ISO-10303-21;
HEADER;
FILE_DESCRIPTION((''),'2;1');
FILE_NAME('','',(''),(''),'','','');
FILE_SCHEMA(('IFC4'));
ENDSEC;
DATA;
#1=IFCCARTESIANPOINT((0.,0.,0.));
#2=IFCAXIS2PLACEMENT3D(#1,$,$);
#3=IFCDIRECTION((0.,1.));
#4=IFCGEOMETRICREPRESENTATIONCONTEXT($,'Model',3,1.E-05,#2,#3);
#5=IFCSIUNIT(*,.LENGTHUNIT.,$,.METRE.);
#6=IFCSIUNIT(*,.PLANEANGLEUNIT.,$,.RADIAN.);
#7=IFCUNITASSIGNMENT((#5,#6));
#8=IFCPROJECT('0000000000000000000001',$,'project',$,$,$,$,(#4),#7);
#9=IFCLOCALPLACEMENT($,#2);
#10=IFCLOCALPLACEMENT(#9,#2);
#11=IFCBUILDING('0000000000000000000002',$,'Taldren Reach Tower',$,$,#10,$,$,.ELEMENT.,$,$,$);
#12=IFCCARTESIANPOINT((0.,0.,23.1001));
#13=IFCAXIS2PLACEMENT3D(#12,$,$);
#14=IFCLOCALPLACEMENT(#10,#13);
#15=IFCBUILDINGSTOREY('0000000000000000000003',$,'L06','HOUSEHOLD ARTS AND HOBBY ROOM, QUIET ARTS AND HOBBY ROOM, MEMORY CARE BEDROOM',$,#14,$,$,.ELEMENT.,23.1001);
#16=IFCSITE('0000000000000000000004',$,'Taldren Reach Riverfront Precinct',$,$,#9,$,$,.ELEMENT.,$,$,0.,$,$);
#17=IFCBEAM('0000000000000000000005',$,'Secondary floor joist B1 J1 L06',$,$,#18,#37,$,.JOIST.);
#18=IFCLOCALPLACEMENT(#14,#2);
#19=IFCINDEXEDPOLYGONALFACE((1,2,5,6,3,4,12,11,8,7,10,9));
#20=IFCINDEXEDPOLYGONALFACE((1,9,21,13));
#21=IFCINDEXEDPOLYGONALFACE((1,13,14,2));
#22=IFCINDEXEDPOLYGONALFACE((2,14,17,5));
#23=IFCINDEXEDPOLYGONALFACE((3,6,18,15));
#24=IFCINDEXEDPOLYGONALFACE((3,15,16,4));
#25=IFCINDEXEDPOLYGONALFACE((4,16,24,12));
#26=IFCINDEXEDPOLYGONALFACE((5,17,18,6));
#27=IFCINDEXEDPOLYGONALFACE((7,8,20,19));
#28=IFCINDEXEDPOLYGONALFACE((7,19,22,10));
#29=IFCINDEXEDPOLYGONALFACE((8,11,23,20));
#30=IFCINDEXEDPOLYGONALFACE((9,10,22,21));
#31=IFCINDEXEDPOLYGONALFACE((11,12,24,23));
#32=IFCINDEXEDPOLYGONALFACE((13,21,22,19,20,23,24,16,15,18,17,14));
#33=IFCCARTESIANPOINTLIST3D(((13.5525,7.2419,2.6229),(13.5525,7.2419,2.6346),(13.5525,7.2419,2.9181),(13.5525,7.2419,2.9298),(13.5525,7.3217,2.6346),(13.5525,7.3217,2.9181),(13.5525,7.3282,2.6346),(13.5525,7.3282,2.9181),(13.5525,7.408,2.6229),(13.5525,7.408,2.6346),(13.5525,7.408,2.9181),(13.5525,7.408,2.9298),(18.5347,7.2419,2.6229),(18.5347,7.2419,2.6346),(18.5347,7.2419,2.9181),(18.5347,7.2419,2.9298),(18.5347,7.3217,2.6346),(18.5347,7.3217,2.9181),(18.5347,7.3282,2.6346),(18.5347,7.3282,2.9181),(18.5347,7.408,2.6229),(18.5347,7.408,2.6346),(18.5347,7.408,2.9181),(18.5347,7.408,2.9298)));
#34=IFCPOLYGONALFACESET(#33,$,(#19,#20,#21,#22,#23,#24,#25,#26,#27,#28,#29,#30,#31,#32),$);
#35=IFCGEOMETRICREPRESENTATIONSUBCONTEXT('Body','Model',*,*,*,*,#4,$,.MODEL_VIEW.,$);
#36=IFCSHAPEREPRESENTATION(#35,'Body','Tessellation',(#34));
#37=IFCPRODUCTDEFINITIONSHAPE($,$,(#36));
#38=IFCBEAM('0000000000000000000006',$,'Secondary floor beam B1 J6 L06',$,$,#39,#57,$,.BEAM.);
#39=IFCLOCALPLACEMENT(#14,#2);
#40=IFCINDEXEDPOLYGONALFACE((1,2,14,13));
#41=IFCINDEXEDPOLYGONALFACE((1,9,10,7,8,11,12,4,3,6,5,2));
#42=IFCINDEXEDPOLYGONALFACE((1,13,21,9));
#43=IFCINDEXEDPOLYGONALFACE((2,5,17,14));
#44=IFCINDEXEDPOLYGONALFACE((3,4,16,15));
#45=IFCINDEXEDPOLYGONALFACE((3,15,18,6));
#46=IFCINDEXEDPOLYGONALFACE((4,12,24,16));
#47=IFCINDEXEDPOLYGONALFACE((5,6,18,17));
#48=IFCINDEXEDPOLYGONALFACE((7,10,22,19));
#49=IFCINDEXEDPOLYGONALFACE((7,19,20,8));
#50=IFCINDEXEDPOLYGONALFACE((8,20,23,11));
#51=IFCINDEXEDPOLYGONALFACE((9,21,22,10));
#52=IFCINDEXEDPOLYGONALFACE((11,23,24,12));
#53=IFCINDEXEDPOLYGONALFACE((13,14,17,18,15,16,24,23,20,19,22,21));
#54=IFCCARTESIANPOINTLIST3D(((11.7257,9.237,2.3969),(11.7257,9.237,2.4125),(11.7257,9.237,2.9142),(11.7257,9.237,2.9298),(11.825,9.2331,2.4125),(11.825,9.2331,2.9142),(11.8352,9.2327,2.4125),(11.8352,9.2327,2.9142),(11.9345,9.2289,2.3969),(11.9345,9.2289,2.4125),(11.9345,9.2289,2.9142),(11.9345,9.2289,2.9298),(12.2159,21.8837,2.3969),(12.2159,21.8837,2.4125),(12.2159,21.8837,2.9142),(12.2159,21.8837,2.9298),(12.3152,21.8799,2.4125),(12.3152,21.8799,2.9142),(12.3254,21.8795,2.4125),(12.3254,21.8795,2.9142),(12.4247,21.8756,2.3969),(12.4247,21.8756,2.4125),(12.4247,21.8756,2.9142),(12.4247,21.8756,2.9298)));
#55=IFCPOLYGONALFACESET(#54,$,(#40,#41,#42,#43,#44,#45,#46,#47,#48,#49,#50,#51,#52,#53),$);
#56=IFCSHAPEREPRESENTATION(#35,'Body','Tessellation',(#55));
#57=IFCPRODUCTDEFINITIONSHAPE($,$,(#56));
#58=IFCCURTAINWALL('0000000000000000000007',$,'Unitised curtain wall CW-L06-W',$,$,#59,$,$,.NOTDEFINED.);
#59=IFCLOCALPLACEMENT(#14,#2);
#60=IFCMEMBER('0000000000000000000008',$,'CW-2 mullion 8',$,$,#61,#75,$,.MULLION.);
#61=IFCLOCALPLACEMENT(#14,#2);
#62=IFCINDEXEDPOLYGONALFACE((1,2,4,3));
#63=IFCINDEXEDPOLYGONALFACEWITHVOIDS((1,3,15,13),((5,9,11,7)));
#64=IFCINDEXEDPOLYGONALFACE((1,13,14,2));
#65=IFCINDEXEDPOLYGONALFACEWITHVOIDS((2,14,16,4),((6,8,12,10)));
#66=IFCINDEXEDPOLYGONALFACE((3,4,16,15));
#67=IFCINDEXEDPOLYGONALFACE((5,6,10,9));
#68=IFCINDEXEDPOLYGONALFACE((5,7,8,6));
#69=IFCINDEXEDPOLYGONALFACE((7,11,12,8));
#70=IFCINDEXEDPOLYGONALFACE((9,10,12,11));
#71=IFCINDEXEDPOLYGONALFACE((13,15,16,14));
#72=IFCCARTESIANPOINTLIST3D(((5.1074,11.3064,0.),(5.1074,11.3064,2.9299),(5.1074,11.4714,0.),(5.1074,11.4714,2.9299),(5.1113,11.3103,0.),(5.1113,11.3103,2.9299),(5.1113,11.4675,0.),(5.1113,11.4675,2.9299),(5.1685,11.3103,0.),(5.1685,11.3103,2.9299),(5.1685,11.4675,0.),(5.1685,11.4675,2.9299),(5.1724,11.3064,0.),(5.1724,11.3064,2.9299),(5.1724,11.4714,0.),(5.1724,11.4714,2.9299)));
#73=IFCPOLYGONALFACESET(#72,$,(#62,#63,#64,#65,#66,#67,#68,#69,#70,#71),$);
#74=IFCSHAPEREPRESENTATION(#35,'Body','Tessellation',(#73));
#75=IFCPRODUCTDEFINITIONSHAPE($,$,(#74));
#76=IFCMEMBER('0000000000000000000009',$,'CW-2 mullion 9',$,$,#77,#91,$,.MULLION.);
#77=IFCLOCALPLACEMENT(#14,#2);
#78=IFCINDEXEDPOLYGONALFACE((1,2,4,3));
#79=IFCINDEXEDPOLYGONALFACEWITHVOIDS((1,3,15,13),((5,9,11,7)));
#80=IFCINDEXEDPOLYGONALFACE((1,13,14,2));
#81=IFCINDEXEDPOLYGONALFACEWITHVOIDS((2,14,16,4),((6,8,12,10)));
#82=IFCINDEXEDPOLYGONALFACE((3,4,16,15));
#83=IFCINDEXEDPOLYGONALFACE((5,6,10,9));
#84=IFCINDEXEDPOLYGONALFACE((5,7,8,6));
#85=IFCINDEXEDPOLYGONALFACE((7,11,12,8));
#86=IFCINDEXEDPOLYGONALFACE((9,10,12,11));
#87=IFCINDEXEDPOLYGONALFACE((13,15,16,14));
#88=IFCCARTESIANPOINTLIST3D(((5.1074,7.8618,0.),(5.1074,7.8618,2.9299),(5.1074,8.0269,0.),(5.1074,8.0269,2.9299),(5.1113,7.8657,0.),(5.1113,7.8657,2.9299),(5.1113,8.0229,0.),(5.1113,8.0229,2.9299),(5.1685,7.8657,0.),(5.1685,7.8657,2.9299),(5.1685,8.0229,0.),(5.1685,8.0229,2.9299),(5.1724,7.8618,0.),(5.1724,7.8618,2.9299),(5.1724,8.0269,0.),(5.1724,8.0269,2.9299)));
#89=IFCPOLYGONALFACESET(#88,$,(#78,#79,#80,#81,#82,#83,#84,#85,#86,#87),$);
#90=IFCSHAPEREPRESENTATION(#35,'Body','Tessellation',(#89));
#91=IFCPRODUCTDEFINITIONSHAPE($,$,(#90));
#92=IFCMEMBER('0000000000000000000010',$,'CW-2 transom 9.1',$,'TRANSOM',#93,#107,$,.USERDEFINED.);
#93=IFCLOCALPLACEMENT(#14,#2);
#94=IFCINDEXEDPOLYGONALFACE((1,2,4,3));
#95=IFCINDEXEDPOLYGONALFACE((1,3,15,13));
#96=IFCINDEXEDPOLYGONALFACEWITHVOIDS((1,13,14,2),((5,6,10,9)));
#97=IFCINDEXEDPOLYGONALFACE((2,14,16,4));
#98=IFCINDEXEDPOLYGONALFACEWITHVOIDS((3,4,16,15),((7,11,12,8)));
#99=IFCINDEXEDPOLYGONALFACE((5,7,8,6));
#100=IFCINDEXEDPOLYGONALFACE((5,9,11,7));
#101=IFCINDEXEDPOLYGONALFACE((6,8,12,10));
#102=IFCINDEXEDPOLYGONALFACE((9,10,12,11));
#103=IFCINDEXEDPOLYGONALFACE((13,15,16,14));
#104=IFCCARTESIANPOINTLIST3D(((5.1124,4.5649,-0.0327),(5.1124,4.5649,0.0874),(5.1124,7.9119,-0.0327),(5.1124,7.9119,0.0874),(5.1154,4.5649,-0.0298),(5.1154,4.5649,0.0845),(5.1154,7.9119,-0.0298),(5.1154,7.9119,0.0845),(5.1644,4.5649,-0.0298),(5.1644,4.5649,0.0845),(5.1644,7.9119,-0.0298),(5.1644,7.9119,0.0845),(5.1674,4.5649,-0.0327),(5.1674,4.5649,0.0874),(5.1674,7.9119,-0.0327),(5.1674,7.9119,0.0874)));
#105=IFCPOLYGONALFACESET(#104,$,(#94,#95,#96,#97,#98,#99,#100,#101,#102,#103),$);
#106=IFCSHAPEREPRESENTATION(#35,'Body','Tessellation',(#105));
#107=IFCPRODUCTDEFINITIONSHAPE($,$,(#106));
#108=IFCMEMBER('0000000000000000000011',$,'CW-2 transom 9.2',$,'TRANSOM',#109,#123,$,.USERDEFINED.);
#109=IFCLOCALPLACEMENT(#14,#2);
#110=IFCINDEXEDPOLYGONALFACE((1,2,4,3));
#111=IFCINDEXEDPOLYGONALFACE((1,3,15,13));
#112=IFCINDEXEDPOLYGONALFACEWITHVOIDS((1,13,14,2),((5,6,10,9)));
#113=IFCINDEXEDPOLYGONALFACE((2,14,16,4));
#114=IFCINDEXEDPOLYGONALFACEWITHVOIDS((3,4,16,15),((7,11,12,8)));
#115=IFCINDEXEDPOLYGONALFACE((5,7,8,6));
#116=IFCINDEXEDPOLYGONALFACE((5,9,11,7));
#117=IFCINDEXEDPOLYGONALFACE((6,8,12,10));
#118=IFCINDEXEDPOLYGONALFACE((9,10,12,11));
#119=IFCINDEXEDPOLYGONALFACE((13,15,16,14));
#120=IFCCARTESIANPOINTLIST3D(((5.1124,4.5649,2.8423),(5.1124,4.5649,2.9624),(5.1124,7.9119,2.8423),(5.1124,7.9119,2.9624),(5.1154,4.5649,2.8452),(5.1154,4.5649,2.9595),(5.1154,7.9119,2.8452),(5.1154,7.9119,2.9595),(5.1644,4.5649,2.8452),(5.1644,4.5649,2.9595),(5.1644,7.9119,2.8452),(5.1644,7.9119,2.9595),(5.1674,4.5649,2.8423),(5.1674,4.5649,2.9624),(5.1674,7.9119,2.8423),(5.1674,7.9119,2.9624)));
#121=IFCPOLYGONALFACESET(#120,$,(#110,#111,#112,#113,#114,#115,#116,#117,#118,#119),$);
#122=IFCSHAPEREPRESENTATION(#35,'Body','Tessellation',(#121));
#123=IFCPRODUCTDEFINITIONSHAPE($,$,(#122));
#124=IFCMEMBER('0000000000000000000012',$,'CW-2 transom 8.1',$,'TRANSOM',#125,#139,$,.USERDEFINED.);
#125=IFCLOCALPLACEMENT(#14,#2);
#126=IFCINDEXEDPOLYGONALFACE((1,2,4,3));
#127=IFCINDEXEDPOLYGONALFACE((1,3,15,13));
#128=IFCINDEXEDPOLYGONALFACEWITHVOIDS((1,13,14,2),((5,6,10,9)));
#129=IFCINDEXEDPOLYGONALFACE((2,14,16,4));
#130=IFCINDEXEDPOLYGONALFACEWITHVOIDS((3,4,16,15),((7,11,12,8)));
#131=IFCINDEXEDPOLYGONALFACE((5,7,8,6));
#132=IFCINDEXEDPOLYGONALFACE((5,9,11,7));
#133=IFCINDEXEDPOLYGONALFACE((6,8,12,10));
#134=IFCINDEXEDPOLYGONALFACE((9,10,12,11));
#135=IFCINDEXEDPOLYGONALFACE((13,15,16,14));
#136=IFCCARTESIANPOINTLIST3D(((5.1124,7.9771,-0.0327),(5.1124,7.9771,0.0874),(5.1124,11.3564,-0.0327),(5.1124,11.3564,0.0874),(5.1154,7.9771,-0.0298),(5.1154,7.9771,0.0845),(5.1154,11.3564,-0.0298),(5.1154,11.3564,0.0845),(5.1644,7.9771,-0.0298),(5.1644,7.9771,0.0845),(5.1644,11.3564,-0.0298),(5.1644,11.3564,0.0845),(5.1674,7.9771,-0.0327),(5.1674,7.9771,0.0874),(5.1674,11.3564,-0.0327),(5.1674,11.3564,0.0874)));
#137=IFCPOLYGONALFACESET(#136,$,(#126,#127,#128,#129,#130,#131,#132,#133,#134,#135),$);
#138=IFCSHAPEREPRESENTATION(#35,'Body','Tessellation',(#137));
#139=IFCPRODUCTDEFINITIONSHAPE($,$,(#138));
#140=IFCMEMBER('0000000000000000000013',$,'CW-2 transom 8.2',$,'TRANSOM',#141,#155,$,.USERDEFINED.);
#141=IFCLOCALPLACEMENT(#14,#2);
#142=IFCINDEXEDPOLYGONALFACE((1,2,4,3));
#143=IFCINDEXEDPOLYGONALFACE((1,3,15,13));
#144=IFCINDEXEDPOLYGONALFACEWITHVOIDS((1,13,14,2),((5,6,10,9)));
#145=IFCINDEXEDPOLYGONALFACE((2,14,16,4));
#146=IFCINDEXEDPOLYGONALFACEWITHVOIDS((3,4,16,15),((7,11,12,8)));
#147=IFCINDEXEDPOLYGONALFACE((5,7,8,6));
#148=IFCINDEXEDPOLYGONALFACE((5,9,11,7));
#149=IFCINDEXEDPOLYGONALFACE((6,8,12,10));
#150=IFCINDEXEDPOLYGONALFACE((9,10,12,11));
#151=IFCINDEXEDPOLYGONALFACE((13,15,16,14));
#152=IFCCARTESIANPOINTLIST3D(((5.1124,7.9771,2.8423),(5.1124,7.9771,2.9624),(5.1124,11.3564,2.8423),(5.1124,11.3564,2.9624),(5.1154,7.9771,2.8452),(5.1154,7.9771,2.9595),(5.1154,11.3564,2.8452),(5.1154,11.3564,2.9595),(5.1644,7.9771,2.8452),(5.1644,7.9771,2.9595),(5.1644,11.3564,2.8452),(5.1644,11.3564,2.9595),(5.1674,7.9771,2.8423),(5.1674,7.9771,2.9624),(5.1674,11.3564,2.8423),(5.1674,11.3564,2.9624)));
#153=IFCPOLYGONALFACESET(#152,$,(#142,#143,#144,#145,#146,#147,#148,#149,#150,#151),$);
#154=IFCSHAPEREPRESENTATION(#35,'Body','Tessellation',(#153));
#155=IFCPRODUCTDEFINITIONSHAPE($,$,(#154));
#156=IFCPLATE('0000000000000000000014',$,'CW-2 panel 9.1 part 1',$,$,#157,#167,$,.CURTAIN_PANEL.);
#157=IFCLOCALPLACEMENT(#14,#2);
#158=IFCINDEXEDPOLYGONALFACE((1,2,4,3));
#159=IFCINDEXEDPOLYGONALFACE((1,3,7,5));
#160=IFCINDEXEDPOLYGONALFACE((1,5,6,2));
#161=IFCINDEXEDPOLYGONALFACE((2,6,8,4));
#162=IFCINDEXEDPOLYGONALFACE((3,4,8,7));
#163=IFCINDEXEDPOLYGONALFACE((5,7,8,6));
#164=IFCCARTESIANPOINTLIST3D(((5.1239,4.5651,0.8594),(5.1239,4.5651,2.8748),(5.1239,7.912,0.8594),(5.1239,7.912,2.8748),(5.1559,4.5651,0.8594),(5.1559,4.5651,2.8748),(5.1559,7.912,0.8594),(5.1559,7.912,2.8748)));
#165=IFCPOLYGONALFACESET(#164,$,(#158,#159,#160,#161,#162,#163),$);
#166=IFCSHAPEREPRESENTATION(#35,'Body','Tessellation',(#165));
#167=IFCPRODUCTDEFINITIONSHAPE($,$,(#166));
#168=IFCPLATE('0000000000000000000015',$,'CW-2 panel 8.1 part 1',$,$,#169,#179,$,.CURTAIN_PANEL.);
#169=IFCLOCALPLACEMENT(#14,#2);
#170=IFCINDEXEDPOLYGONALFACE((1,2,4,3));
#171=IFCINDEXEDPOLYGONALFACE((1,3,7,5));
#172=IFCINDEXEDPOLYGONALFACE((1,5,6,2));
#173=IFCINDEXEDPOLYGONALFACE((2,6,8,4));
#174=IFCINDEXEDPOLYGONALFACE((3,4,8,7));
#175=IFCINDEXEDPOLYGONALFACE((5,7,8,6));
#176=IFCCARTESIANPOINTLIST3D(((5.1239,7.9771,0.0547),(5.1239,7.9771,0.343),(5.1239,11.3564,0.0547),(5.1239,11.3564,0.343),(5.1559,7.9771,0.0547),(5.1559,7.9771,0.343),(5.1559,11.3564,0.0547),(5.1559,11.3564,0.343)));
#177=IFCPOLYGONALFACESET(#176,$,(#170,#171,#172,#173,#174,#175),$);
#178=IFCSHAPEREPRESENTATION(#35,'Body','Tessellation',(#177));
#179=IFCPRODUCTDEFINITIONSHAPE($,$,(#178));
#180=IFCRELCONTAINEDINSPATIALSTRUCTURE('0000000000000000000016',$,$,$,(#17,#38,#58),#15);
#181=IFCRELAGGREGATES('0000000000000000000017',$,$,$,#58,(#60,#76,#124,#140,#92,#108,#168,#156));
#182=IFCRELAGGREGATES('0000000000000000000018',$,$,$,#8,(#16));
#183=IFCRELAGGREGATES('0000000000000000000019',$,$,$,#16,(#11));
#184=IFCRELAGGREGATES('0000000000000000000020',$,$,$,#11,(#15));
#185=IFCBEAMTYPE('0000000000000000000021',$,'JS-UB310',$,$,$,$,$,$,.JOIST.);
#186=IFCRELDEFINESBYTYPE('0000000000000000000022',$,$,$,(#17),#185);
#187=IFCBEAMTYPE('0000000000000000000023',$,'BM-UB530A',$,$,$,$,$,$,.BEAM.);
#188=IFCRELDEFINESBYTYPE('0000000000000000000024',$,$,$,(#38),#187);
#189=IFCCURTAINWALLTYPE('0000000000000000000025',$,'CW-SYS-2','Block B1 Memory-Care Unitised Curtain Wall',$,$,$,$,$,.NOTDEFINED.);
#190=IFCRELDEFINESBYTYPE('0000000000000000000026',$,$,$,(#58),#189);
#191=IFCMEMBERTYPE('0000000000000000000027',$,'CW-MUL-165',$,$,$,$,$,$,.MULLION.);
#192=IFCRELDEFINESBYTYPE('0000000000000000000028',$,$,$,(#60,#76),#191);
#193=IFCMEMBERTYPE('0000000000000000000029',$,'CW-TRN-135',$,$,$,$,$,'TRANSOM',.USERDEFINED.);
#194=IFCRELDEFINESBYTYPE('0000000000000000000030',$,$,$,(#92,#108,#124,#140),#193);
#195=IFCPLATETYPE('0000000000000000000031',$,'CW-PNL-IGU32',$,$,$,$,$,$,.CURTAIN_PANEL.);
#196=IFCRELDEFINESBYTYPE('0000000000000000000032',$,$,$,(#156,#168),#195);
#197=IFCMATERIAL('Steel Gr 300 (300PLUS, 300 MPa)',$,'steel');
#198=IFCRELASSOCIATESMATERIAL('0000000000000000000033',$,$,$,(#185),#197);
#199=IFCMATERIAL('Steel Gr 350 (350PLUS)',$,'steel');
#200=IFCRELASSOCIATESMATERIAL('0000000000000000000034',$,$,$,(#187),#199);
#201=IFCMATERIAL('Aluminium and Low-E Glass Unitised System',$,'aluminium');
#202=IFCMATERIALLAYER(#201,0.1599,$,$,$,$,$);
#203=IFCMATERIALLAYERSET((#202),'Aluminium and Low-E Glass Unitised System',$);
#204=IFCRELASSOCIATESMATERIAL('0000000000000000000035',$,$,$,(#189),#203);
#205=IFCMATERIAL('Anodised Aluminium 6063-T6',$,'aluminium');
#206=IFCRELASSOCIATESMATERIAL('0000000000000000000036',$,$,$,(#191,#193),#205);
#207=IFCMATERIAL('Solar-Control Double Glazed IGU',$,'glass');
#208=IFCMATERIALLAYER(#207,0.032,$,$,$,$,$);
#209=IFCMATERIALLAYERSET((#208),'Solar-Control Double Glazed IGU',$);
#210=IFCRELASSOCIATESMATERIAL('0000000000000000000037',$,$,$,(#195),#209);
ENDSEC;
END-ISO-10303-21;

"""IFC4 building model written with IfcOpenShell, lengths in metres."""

from ifc_helpers import new_model, si_unit, direction, frame, origin, origin_2d, place, context, subcontext, project, spatial, rectangle, hollow_rectangle, i_section, extrude, source, transform, mapped, material, layer, layer_set, material_profile, profile_set, type_object, element, aggregate, save


model = new_model("IFC4")

# Units and contexts
model_context = context("Model", 3, precision=1e-05, world=origin(), true_north=direction((0.0, 1.0)))
body_context = subcontext(model_context, "Body", "Model", "MODEL_VIEW")
ifc_project = project(units=[si_unit("LENGTHUNIT", "METRE"), si_unit("PLANEANGLEUNIT", "RADIAN")], contexts=[model_context])

# Site, building, storey
site_placement = place(None, origin())
site = spatial("IfcSite", under=ifc_project, at=site_placement, Name="Taldren Reach Riverfront Precinct", CompositionType="ELEMENT", RefElevation=0.0)
building_placement = place(site_placement, origin())
building = spatial("IfcBuilding", under=site, at=building_placement, Name="Taldren Reach Tower", CompositionType="ELEMENT")
storey_placement = place(building_placement, frame((0.0, 0.0, 23.1001)))
storey = spatial("IfcBuildingStorey", under=building, at=storey_placement, Name="L06", Description="HOUSEHOLD ARTS AND HOBBY ROOM, QUIET ARTS AND HOBBY ROOM, MEMORY CARE BEDROOM", CompositionType="ELEMENT", Elevation=23.1001)

# Beams
ifc_material_1 = material(Name="Steel Gr 300 (300PLUS, 300 MPa)", Category="steel")
ifc_material_profile_1 = material_profile(ifc_material_1, i_section(OverallWidth=0.166, OverallDepth=0.3069, WebThickness=0.0066, FlangeThickness=0.0117, at=origin_2d()), Name="310UB46.2")
ifc_profile_set_1 = profile_set([ifc_material_profile_1], Name="Steel Gr 300 (300PLUS, 300 MPa)")
beam_type_1 = type_object("IfcBeamType", Name="JS-UB310", PredefinedType="JOIST", material=ifc_profile_set_1)
shared_shape_1 = source(origin(), body_context, "Body", "SweptSolid", [
    extrude(i_section(OverallWidth=0.166, OverallDepth=0.3069, WebThickness=0.0066, FlangeThickness=0.0117, at=origin_2d()), origin(), (0.0, 0.0, 1.0), 4.9822),
])
beam_1_placement = place(storey_placement, frame((13.5525, 7.325, 2.7764), z_axis=(1.0, 0.0, 0.0), x_axis=(0.0, 1.0, 0.0)))
element("IfcBeam", 1, at=beam_1_placement, inside=storey, type_object=beam_type_1, Name="Secondary floor joist B1 J1 L06", PredefinedType="JOIST", context=body_context, shape_type="MappedRepresentation", body=[
    mapped(shared_shape_1, transform((0.0, 0.0, 0.0), scale=1.0)),
])
ifc_material_2 = material(Name="Steel Gr 350 (350PLUS)", Category="steel")
ifc_material_profile_2 = material_profile(ifc_material_2, i_section(OverallWidth=0.209, OverallDepth=0.533, WebThickness=0.0103, FlangeThickness=0.0156, at=origin_2d()), Name="530UB92.4")
ifc_profile_set_2 = profile_set([ifc_material_profile_2], Name="Steel Gr 350 (350PLUS)")
beam_type_2 = type_object("IfcBeamType", Name="BM-UB530A", PredefinedType="BEAM", material=ifc_profile_set_2)
shared_shape_2 = source(origin(), body_context, "Body", "SweptSolid", [
    extrude(i_section(OverallWidth=0.209, OverallDepth=0.533, WebThickness=0.0103, FlangeThickness=0.0156, at=origin_2d()), origin(), (0.0, 0.0, 1.0), 12.6562),
])
beam_2_placement = place(storey_placement, frame((11.8301, 9.2329, 2.6633), z_axis=(0.038735, 0.99925, 0.0), x_axis=(-0.99925, 0.038735, 0.0)))
element("IfcBeam", 2, at=beam_2_placement, inside=storey, type_object=beam_type_2, Name="Secondary floor beam B1 J6 L06", PredefinedType="BEAM", context=body_context, shape_type="MappedRepresentation", body=[
    mapped(shared_shape_2, transform((0.0, 0.0, 0.0), scale=1.0)),
])

# Curtain wall, members, plates
ifc_material_3 = material(Name="Aluminium and Low-E Glass Unitised System", Category="aluminium")
ifc_layer_1 = layer(ifc_material_3, 0.1599)
ifc_layer_set_1 = layer_set([ifc_layer_1], Name="Aluminium and Low-E Glass Unitised System")
curtain_wall_type = type_object("IfcCurtainWallType", Name="CW-SYS-2", Description="Block B1 Memory-Care Unitised Curtain Wall", PredefinedType="NOTDEFINED", material=ifc_layer_set_1)
curtain_wall_placement = place(storey_placement, origin())
curtain_wall = element("IfcCurtainWall", 3, at=curtain_wall_placement, inside=storey, type_object=curtain_wall_type, Name="Unitised curtain wall CW-L06-W", PredefinedType="NOTDEFINED")
ifc_material_4 = material(Name="Anodised Aluminium 6063-T6", Category="aluminium")
ifc_material_profile_3 = material_profile(ifc_material_4, hollow_rectangle(XDim=0.0649, YDim=0.165, WallThickness=0.0039, at=origin_2d()), Name="ALU-165x65x4RHS")
ifc_profile_set_3 = profile_set([ifc_material_profile_3], Name="Anodised Aluminium 6063-T6")
member_type_1 = type_object("IfcMemberType", Name="CW-MUL-165", PredefinedType="MULLION", material=ifc_profile_set_3)
shared_shape_3 = source(origin(), body_context, "Body", "SweptSolid", [
    extrude(hollow_rectangle(XDim=0.0649, YDim=0.165, WallThickness=0.0039, at=origin_2d()), origin(), (0.0, 0.0, 1.0), 2.9299),
])
member_1_placement = place(storey_placement, frame((5.1399, 11.3889, 0.0), z_axis=(0.0, 0.0, 1.0), x_axis=(1.0, 0.0, 0.0)))
member_1 = element("IfcMember", 4, at=member_1_placement, type_object=member_type_1, Name="CW-2 mullion 8", PredefinedType="MULLION", context=body_context, shape_type="MappedRepresentation", body=[
    mapped(shared_shape_3, transform((0.0, 0.0, 0.0), scale=1.0)),
])
member_2_placement = place(storey_placement, frame((5.1399, 7.9443, 0.0), z_axis=(0.0, 0.0, 1.0), x_axis=(1.0, 0.0, 0.0)))
member_2 = element("IfcMember", 5, at=member_2_placement, type_object=member_type_1, Name="CW-2 mullion 9", PredefinedType="MULLION", context=body_context, shape_type="MappedRepresentation", body=[
    mapped(shared_shape_3, transform((0.0, 0.0, 0.0), scale=1.0)),
])
ifc_material_profile_4 = material_profile(ifc_material_4, hollow_rectangle(XDim=0.0549, YDim=0.1201, WallThickness=0.0029, at=origin_2d()), Name="ALU-120x55x3RHS")
ifc_profile_set_4 = profile_set([ifc_material_profile_4], Name="Anodised Aluminium 6063-T6")
member_type_2 = type_object("IfcMemberType", Name="CW-TRN-135", ElementType="TRANSOM", PredefinedType="USERDEFINED", material=ifc_profile_set_4)
shared_shape_4 = source(origin(), body_context, "Body", "SweptSolid", [
    extrude(hollow_rectangle(XDim=0.0549, YDim=0.1201, WallThickness=0.0029, at=origin_2d()), origin(), (0.0, 0.0, 1.0), 3.3469),
])
member_3_placement = place(storey_placement, frame((5.1399, 7.9119, 0.0273), z_axis=(0.0, -1.0, 0.0), x_axis=(1.0, 0.0, 0.0)))
member_3 = element("IfcMember", 6, at=member_3_placement, type_object=member_type_2, Name="CW-2 transom 9.1", ObjectType="TRANSOM", PredefinedType="USERDEFINED", context=body_context, shape_type="MappedRepresentation", body=[
    mapped(shared_shape_4, transform((0.0, 0.0, 0.0), scale=1.0)),
])
member_4_placement = place(storey_placement, frame((5.1399, 7.9119, 2.9023), z_axis=(0.0, -1.0, 0.0), x_axis=(1.0, 0.0, 0.0)))
member_4 = element("IfcMember", 7, at=member_4_placement, type_object=member_type_2, Name="CW-2 transom 9.2", ObjectType="TRANSOM", PredefinedType="USERDEFINED", context=body_context, shape_type="MappedRepresentation", body=[
    mapped(shared_shape_4, transform((0.0, 0.0, 0.0), scale=1.0)),
])
shared_shape_5 = source(origin(), body_context, "Body", "SweptSolid", [
    extrude(hollow_rectangle(XDim=0.0549, YDim=0.1201, WallThickness=0.0029, at=origin_2d()), origin(), (0.0, 0.0, 1.0), 3.3794),
])
member_5_placement = place(storey_placement, frame((5.1399, 11.3564, 0.0273), z_axis=(0.0, -1.0, 0.0), x_axis=(1.0, 0.0, 0.0)))
member_5 = element("IfcMember", 8, at=member_5_placement, type_object=member_type_2, Name="CW-2 transom 8.1", ObjectType="TRANSOM", PredefinedType="USERDEFINED", context=body_context, shape_type="MappedRepresentation", body=[
    mapped(shared_shape_5, transform((0.0, 0.0, 0.0), scale=1.0)),
])
member_6_placement = place(storey_placement, frame((5.1399, 11.3564, 2.9023), z_axis=(0.0, -1.0, 0.0), x_axis=(1.0, 0.0, 0.0)))
member_6 = element("IfcMember", 9, at=member_6_placement, type_object=member_type_2, Name="CW-2 transom 8.2", ObjectType="TRANSOM", PredefinedType="USERDEFINED", context=body_context, shape_type="MappedRepresentation", body=[
    mapped(shared_shape_5, transform((0.0, 0.0, 0.0), scale=1.0)),
])
ifc_material_5 = material(Name="Solar-Control Double Glazed IGU", Category="glass")
ifc_layer_2 = layer(ifc_material_5, 0.032)
ifc_layer_set_2 = layer_set([ifc_layer_2], Name="Solar-Control Double Glazed IGU")
plate_type = type_object("IfcPlateType", Name="CW-PNL-IGU32", PredefinedType="CURTAIN_PANEL", material=ifc_layer_set_2)
shared_shape_6 = source(origin(), body_context, "Body", "SweptSolid", [
    extrude(rectangle(XDim=3.3469, YDim=0.032, at=origin_2d()), origin(), (0.0, 0.0, 1.0), 2.0154),
])
plate_1_placement = place(storey_placement, frame((5.1399, 6.2385, 0.8594), z_axis=(0.0, 0.0, 1.0), x_axis=(0.0, -1.0, 0.0)))
plate_1 = element("IfcPlate", 10, at=plate_1_placement, type_object=plate_type, Name="CW-2 panel 9.1 part 1", PredefinedType="CURTAIN_PANEL", context=body_context, shape_type="MappedRepresentation", body=[
    mapped(shared_shape_6, transform((0.0, 0.0, 0.0), scale=1.0)),
])
shared_shape_7 = source(origin(), body_context, "Body", "SweptSolid", [
    extrude(rectangle(XDim=3.3794, YDim=0.032, at=origin_2d()), origin(), (0.0, 0.0, 1.0), 0.2883),
])
plate_2_placement = place(storey_placement, frame((5.1399, 9.6667, 0.0547), z_axis=(0.0, 0.0, 1.0), x_axis=(0.0, -1.0, 0.0)))
plate_2 = element("IfcPlate", 11, at=plate_2_placement, type_object=plate_type, Name="CW-2 panel 8.1 part 1", PredefinedType="CURTAIN_PANEL", context=body_context, shape_type="MappedRepresentation", body=[
    mapped(shared_shape_7, transform((0.0, 0.0, 0.0), scale=1.0)),
])
aggregate(curtain_wall, [member_1, member_2, member_5, member_6, member_3, member_4, plate_2, plate_1])

save(model, "model.ifc")
